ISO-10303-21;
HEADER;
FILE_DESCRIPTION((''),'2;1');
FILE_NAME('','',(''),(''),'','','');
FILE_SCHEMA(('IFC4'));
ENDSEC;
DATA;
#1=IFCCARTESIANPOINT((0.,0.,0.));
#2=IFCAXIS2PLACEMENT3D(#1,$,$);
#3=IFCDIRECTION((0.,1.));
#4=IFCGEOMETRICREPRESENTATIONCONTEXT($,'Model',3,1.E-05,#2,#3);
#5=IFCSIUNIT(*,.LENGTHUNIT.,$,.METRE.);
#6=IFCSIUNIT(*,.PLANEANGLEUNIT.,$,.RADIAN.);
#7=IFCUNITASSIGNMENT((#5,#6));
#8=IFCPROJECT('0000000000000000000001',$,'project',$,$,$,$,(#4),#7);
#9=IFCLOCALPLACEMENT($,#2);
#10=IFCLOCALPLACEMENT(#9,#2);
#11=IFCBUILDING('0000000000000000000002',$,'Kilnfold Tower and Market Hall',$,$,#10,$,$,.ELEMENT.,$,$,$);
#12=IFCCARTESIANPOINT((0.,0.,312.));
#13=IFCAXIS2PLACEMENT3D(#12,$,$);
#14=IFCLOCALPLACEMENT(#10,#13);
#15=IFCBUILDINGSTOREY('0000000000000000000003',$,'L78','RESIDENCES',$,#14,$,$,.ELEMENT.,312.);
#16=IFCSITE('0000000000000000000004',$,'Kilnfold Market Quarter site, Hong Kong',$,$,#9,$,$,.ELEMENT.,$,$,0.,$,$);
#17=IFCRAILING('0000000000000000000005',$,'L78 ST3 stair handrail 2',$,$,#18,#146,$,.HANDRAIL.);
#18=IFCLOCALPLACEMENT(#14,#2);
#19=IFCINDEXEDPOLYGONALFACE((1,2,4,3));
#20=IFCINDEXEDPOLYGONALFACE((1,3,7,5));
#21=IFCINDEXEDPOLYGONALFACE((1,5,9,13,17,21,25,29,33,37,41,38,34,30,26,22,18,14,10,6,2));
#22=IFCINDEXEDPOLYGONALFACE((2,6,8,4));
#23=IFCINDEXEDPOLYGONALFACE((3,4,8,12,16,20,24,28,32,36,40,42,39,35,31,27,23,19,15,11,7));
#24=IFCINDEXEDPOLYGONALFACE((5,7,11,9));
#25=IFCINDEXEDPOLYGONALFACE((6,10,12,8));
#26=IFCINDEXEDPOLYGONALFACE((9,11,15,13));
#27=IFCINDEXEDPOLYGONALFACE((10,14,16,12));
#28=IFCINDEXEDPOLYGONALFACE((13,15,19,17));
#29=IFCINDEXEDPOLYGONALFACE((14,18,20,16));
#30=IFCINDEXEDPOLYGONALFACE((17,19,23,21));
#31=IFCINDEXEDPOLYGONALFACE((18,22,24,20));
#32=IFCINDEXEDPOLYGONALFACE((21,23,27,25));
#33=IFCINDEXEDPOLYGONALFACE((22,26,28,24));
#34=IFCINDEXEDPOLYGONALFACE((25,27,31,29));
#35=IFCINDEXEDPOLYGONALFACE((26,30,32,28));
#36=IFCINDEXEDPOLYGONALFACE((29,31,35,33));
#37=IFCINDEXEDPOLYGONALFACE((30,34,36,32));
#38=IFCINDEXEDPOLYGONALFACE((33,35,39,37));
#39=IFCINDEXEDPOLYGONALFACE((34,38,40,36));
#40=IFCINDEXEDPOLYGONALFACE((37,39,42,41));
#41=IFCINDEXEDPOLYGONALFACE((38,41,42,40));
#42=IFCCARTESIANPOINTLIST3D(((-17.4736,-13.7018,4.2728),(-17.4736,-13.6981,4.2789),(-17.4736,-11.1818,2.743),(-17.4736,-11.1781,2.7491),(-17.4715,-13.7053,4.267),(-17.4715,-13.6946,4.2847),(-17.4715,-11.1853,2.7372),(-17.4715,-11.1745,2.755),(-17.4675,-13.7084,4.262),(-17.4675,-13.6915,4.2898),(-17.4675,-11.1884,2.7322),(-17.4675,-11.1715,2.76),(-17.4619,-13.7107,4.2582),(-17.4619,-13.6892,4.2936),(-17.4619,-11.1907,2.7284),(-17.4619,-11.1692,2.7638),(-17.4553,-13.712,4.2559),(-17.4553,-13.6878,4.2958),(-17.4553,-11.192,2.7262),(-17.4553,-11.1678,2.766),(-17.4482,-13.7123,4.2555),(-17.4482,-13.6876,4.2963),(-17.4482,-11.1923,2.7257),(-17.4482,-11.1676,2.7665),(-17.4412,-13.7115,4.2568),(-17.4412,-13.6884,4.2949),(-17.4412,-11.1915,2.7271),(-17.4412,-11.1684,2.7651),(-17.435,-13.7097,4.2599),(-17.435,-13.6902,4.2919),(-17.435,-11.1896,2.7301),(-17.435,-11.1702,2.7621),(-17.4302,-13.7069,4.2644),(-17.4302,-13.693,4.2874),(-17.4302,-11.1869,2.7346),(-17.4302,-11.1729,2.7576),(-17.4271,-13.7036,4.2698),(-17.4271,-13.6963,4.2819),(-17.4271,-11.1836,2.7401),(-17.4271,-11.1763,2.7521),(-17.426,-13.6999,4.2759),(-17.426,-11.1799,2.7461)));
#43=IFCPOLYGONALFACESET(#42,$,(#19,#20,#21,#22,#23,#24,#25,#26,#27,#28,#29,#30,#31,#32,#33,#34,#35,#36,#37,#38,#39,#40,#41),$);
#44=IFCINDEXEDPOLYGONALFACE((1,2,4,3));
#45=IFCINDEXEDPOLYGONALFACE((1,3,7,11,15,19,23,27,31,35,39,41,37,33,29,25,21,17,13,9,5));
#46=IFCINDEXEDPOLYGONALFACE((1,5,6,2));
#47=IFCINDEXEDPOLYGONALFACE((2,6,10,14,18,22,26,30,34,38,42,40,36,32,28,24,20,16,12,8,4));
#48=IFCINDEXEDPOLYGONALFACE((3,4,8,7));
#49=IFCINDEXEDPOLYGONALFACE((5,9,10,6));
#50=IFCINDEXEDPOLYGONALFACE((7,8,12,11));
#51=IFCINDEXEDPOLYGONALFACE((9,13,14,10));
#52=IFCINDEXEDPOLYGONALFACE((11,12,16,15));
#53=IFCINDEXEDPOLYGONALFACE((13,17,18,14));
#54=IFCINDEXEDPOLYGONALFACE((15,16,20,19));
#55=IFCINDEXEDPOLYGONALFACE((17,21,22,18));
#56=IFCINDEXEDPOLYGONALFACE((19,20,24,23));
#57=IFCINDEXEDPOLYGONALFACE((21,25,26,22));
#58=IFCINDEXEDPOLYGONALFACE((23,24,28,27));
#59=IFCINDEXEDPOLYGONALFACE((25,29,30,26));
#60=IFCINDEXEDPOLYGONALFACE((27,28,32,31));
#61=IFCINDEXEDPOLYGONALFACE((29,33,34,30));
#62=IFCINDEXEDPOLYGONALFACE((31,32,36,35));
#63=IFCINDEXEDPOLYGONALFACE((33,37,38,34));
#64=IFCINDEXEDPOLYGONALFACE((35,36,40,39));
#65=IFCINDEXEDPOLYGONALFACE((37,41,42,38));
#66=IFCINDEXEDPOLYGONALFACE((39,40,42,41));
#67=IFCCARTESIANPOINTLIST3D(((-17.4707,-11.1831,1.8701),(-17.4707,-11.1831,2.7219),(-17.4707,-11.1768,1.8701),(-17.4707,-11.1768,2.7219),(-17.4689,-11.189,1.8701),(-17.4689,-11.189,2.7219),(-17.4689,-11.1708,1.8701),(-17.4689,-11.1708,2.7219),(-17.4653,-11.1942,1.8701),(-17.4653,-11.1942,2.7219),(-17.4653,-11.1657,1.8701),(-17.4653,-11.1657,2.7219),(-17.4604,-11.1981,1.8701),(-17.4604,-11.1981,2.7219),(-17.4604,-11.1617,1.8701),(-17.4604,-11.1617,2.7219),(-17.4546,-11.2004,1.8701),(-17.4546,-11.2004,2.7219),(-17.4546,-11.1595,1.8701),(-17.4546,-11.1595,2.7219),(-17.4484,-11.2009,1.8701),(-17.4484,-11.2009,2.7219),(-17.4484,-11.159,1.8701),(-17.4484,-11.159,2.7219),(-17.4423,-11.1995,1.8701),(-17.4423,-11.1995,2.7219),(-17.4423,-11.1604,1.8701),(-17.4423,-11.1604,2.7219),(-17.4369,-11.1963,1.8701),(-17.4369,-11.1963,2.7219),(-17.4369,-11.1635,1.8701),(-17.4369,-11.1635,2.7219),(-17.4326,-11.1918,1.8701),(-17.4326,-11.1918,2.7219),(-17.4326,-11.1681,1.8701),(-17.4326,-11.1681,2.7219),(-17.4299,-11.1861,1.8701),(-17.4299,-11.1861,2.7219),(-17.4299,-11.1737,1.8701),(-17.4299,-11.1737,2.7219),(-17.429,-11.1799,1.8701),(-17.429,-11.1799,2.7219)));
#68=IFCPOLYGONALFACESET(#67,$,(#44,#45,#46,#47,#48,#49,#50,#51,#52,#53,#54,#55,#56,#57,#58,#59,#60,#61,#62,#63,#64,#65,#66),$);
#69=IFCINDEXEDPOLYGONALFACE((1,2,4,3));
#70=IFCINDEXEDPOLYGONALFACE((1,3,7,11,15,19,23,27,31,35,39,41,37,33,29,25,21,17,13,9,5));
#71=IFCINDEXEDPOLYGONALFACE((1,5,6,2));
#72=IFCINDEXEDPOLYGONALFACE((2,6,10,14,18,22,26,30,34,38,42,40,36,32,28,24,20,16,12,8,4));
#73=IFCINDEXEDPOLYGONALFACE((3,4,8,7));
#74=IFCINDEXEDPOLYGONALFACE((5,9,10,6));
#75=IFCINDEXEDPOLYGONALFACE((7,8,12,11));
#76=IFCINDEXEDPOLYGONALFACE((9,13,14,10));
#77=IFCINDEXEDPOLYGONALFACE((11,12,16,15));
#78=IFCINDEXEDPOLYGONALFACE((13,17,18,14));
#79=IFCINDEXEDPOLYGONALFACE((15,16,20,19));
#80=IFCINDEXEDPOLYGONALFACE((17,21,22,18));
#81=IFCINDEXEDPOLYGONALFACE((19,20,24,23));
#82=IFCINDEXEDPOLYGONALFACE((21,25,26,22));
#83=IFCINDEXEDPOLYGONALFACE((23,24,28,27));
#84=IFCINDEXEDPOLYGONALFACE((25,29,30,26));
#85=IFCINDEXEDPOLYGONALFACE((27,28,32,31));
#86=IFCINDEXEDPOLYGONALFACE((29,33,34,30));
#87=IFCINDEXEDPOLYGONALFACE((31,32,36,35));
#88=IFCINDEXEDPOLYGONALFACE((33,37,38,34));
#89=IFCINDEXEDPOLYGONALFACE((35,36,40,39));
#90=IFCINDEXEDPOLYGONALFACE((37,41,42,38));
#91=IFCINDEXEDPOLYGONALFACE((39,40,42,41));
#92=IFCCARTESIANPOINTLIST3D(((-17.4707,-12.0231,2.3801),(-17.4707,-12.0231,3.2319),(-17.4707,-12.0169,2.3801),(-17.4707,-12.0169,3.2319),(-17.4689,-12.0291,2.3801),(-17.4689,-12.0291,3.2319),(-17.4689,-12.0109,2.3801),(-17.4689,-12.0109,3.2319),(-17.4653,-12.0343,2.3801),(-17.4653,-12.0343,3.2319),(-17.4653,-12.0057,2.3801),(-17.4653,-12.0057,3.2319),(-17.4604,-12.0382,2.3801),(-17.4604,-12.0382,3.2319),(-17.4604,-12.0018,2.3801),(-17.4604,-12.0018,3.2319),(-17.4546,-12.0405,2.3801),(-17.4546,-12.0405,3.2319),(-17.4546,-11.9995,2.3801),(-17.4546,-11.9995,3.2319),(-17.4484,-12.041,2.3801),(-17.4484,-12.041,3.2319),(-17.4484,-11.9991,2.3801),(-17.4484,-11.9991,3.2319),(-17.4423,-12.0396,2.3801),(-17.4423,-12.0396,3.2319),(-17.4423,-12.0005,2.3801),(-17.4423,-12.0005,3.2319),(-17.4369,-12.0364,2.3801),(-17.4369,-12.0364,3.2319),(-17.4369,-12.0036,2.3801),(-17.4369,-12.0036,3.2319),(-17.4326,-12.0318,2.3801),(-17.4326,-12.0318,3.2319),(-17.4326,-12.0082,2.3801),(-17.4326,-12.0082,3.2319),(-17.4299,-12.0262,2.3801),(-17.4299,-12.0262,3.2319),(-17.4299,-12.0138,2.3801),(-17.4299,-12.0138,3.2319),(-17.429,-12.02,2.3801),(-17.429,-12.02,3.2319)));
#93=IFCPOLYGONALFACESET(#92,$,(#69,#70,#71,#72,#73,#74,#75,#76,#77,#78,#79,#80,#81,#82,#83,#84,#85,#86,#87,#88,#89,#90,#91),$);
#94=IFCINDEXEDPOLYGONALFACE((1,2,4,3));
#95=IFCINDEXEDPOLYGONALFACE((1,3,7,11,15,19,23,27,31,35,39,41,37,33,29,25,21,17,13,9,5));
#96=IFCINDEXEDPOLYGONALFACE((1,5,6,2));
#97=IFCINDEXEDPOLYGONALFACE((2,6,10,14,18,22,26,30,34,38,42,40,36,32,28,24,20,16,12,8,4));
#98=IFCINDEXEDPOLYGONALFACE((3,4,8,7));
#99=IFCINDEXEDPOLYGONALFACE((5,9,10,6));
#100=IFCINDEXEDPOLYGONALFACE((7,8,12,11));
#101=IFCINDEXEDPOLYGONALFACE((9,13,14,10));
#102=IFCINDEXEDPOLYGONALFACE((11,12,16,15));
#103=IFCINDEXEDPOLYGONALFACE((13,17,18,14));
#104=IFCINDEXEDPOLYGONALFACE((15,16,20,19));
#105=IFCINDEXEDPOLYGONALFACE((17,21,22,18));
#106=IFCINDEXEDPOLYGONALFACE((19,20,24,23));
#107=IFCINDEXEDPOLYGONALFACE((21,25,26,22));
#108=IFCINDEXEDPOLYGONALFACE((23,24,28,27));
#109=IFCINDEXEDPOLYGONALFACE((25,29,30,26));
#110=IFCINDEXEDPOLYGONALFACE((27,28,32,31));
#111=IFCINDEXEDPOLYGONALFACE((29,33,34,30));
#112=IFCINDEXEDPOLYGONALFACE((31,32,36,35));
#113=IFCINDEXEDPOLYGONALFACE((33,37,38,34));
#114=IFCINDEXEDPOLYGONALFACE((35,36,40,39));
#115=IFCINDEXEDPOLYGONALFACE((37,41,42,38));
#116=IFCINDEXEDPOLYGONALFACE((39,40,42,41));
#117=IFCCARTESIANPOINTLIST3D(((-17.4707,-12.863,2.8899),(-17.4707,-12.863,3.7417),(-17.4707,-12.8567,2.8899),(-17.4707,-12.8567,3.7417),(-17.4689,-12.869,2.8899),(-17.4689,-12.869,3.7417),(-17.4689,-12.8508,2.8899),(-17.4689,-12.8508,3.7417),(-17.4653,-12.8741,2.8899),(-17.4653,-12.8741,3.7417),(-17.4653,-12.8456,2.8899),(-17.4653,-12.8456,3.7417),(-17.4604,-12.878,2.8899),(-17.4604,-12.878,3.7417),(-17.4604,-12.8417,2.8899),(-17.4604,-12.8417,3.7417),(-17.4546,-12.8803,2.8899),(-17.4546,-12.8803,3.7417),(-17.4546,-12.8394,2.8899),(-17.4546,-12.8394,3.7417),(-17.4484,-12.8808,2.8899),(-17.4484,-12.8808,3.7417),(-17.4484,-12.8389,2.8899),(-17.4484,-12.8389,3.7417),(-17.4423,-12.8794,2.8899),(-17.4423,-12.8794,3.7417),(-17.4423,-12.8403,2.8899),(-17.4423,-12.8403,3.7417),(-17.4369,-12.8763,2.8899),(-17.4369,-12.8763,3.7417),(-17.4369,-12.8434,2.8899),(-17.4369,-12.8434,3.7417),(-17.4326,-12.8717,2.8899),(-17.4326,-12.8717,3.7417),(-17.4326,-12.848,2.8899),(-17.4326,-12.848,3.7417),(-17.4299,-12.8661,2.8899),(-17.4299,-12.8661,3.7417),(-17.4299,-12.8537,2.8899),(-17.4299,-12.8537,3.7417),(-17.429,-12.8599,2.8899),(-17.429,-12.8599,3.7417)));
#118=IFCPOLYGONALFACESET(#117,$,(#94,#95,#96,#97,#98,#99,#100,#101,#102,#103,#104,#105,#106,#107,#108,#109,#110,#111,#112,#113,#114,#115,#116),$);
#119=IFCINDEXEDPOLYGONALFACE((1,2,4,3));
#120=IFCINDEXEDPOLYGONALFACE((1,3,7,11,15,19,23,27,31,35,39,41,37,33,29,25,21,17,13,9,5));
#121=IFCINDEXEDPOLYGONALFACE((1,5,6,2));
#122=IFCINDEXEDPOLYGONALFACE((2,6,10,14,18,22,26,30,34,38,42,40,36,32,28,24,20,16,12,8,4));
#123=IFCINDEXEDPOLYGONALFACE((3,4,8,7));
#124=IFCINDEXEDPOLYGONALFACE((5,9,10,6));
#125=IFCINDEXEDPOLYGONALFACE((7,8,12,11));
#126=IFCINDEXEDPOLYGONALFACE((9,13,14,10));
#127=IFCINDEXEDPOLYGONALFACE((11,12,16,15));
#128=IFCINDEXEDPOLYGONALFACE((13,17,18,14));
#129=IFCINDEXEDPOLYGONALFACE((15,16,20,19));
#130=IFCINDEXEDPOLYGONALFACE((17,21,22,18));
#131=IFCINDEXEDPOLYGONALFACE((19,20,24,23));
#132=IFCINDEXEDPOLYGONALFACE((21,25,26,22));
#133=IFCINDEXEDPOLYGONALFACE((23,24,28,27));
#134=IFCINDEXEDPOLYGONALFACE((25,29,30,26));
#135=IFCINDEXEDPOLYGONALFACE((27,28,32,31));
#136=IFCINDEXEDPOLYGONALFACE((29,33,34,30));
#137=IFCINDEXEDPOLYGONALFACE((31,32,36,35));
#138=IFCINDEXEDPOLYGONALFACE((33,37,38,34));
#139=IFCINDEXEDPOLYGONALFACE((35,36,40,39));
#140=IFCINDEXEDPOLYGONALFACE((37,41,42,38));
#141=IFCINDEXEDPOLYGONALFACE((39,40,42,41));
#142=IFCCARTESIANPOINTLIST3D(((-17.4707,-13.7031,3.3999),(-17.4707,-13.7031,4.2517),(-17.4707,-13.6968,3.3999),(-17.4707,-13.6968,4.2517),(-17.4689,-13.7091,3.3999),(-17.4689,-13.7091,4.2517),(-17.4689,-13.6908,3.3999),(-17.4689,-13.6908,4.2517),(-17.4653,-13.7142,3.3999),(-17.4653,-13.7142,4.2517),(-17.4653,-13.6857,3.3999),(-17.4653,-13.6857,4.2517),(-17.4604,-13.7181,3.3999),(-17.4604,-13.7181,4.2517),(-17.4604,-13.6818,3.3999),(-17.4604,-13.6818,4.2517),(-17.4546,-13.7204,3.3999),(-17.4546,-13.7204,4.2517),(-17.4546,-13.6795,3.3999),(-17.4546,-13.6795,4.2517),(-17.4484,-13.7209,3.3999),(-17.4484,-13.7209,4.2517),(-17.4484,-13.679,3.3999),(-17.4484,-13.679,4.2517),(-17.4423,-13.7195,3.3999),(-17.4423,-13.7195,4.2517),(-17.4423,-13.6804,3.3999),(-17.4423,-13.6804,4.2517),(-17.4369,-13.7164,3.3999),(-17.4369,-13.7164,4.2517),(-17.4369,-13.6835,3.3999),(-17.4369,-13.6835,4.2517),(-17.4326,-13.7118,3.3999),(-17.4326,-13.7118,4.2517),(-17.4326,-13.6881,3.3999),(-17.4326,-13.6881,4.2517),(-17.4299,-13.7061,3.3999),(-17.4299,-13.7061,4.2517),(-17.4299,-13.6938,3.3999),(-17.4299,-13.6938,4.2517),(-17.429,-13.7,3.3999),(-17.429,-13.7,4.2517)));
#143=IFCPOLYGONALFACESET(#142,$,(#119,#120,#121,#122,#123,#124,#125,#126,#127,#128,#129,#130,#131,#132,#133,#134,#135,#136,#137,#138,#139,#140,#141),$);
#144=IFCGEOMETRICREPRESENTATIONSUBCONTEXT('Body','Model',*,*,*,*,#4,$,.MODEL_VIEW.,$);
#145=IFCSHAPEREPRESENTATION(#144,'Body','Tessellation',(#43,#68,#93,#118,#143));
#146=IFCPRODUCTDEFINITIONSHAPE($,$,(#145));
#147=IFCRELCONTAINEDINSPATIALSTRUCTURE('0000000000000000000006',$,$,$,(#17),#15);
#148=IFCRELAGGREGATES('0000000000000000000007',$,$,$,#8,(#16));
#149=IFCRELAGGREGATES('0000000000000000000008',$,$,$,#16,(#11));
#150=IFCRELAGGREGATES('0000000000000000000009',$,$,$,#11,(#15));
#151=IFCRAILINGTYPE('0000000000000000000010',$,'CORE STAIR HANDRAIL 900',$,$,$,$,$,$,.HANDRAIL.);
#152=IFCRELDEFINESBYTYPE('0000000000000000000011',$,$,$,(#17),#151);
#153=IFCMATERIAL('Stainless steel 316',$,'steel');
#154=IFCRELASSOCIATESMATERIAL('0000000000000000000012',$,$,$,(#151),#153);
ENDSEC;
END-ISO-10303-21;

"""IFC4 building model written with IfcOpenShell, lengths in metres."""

from ifc_helpers import new_model, si_unit, direction, frame, origin, origin_2d, place, context, subcontext, project, spatial, circle, extrude, material, type_object, element, save


model = new_model("IFC4")

# Units and contexts
model_context = context("Model", 3, precision=1e-05, world=origin(), true_north=direction((0.0, 1.0)))
body_context = subcontext(model_context, "Body", "Model", "MODEL_VIEW")
ifc_project = project(units=[si_unit("LENGTHUNIT", "METRE"), si_unit("PLANEANGLEUNIT", "RADIAN")], contexts=[model_context])

# Site, building, storey
site_placement = place(None, origin())
site = spatial("IfcSite", under=ifc_project, at=site_placement, Name="Kilnfold Market Quarter site, Hong Kong", CompositionType="ELEMENT", RefElevation=0.0)
building_placement = place(site_placement, origin())
building = spatial("IfcBuilding", under=site, at=building_placement, Name="Kilnfold Tower and Market Hall", CompositionType="ELEMENT")
storey_placement = place(building_placement, frame((0.0, 0.0, 312.0)))
storey = spatial("IfcBuildingStorey", under=building, at=storey_placement, Name="L78", Description="RESIDENCES", CompositionType="ELEMENT", Elevation=312.0)

# Railing
ifc_material_1 = material(Name="Stainless steel 316", Category="steel")
railing_type_1 = type_object("IfcRailingType", Name="CORE STAIR HANDRAIL 900", PredefinedType="HANDRAIL", material=ifc_material_1)
railing_1_placement = place(storey_placement, frame((-17.45, -11.1799, 1.8701)))
element("IfcRailing", 1, at=railing_1_placement, inside=storey, type_object=railing_type_1, Name="L78 ST3 stair handrail 2", PredefinedType="HANDRAIL", context=body_context, shape_type="SweptSolid", body=[
    extrude(circle(Radius=0.0239, at=origin_2d()), frame((0.0, 0.0, 0.876), z_axis=(0.0, -0.854822, 0.518922), x_axis=(1.0, 0.0, 0.0)), (0.0, 0.0, 1.0), 2.948),
    extrude(circle(Radius=0.021, at=origin_2d()), origin(), (0.0, 0.0, 1.0), 0.8518),
    extrude(circle(Radius=0.021, at=origin_2d()), frame((0.0, -0.8401, 0.51)), (0.0, 0.0, 1.0), 0.8518),
    extrude(circle(Radius=0.021, at=origin_2d()), frame((0.0, -1.6799, 1.0198)), (0.0, 0.0, 1.0), 0.8518),
    extrude(circle(Radius=0.021, at=origin_2d()), frame((0.0, -2.52, 1.5298)), (0.0, 0.0, 1.0), 0.8518),
])

save(model, "model.ifc")
